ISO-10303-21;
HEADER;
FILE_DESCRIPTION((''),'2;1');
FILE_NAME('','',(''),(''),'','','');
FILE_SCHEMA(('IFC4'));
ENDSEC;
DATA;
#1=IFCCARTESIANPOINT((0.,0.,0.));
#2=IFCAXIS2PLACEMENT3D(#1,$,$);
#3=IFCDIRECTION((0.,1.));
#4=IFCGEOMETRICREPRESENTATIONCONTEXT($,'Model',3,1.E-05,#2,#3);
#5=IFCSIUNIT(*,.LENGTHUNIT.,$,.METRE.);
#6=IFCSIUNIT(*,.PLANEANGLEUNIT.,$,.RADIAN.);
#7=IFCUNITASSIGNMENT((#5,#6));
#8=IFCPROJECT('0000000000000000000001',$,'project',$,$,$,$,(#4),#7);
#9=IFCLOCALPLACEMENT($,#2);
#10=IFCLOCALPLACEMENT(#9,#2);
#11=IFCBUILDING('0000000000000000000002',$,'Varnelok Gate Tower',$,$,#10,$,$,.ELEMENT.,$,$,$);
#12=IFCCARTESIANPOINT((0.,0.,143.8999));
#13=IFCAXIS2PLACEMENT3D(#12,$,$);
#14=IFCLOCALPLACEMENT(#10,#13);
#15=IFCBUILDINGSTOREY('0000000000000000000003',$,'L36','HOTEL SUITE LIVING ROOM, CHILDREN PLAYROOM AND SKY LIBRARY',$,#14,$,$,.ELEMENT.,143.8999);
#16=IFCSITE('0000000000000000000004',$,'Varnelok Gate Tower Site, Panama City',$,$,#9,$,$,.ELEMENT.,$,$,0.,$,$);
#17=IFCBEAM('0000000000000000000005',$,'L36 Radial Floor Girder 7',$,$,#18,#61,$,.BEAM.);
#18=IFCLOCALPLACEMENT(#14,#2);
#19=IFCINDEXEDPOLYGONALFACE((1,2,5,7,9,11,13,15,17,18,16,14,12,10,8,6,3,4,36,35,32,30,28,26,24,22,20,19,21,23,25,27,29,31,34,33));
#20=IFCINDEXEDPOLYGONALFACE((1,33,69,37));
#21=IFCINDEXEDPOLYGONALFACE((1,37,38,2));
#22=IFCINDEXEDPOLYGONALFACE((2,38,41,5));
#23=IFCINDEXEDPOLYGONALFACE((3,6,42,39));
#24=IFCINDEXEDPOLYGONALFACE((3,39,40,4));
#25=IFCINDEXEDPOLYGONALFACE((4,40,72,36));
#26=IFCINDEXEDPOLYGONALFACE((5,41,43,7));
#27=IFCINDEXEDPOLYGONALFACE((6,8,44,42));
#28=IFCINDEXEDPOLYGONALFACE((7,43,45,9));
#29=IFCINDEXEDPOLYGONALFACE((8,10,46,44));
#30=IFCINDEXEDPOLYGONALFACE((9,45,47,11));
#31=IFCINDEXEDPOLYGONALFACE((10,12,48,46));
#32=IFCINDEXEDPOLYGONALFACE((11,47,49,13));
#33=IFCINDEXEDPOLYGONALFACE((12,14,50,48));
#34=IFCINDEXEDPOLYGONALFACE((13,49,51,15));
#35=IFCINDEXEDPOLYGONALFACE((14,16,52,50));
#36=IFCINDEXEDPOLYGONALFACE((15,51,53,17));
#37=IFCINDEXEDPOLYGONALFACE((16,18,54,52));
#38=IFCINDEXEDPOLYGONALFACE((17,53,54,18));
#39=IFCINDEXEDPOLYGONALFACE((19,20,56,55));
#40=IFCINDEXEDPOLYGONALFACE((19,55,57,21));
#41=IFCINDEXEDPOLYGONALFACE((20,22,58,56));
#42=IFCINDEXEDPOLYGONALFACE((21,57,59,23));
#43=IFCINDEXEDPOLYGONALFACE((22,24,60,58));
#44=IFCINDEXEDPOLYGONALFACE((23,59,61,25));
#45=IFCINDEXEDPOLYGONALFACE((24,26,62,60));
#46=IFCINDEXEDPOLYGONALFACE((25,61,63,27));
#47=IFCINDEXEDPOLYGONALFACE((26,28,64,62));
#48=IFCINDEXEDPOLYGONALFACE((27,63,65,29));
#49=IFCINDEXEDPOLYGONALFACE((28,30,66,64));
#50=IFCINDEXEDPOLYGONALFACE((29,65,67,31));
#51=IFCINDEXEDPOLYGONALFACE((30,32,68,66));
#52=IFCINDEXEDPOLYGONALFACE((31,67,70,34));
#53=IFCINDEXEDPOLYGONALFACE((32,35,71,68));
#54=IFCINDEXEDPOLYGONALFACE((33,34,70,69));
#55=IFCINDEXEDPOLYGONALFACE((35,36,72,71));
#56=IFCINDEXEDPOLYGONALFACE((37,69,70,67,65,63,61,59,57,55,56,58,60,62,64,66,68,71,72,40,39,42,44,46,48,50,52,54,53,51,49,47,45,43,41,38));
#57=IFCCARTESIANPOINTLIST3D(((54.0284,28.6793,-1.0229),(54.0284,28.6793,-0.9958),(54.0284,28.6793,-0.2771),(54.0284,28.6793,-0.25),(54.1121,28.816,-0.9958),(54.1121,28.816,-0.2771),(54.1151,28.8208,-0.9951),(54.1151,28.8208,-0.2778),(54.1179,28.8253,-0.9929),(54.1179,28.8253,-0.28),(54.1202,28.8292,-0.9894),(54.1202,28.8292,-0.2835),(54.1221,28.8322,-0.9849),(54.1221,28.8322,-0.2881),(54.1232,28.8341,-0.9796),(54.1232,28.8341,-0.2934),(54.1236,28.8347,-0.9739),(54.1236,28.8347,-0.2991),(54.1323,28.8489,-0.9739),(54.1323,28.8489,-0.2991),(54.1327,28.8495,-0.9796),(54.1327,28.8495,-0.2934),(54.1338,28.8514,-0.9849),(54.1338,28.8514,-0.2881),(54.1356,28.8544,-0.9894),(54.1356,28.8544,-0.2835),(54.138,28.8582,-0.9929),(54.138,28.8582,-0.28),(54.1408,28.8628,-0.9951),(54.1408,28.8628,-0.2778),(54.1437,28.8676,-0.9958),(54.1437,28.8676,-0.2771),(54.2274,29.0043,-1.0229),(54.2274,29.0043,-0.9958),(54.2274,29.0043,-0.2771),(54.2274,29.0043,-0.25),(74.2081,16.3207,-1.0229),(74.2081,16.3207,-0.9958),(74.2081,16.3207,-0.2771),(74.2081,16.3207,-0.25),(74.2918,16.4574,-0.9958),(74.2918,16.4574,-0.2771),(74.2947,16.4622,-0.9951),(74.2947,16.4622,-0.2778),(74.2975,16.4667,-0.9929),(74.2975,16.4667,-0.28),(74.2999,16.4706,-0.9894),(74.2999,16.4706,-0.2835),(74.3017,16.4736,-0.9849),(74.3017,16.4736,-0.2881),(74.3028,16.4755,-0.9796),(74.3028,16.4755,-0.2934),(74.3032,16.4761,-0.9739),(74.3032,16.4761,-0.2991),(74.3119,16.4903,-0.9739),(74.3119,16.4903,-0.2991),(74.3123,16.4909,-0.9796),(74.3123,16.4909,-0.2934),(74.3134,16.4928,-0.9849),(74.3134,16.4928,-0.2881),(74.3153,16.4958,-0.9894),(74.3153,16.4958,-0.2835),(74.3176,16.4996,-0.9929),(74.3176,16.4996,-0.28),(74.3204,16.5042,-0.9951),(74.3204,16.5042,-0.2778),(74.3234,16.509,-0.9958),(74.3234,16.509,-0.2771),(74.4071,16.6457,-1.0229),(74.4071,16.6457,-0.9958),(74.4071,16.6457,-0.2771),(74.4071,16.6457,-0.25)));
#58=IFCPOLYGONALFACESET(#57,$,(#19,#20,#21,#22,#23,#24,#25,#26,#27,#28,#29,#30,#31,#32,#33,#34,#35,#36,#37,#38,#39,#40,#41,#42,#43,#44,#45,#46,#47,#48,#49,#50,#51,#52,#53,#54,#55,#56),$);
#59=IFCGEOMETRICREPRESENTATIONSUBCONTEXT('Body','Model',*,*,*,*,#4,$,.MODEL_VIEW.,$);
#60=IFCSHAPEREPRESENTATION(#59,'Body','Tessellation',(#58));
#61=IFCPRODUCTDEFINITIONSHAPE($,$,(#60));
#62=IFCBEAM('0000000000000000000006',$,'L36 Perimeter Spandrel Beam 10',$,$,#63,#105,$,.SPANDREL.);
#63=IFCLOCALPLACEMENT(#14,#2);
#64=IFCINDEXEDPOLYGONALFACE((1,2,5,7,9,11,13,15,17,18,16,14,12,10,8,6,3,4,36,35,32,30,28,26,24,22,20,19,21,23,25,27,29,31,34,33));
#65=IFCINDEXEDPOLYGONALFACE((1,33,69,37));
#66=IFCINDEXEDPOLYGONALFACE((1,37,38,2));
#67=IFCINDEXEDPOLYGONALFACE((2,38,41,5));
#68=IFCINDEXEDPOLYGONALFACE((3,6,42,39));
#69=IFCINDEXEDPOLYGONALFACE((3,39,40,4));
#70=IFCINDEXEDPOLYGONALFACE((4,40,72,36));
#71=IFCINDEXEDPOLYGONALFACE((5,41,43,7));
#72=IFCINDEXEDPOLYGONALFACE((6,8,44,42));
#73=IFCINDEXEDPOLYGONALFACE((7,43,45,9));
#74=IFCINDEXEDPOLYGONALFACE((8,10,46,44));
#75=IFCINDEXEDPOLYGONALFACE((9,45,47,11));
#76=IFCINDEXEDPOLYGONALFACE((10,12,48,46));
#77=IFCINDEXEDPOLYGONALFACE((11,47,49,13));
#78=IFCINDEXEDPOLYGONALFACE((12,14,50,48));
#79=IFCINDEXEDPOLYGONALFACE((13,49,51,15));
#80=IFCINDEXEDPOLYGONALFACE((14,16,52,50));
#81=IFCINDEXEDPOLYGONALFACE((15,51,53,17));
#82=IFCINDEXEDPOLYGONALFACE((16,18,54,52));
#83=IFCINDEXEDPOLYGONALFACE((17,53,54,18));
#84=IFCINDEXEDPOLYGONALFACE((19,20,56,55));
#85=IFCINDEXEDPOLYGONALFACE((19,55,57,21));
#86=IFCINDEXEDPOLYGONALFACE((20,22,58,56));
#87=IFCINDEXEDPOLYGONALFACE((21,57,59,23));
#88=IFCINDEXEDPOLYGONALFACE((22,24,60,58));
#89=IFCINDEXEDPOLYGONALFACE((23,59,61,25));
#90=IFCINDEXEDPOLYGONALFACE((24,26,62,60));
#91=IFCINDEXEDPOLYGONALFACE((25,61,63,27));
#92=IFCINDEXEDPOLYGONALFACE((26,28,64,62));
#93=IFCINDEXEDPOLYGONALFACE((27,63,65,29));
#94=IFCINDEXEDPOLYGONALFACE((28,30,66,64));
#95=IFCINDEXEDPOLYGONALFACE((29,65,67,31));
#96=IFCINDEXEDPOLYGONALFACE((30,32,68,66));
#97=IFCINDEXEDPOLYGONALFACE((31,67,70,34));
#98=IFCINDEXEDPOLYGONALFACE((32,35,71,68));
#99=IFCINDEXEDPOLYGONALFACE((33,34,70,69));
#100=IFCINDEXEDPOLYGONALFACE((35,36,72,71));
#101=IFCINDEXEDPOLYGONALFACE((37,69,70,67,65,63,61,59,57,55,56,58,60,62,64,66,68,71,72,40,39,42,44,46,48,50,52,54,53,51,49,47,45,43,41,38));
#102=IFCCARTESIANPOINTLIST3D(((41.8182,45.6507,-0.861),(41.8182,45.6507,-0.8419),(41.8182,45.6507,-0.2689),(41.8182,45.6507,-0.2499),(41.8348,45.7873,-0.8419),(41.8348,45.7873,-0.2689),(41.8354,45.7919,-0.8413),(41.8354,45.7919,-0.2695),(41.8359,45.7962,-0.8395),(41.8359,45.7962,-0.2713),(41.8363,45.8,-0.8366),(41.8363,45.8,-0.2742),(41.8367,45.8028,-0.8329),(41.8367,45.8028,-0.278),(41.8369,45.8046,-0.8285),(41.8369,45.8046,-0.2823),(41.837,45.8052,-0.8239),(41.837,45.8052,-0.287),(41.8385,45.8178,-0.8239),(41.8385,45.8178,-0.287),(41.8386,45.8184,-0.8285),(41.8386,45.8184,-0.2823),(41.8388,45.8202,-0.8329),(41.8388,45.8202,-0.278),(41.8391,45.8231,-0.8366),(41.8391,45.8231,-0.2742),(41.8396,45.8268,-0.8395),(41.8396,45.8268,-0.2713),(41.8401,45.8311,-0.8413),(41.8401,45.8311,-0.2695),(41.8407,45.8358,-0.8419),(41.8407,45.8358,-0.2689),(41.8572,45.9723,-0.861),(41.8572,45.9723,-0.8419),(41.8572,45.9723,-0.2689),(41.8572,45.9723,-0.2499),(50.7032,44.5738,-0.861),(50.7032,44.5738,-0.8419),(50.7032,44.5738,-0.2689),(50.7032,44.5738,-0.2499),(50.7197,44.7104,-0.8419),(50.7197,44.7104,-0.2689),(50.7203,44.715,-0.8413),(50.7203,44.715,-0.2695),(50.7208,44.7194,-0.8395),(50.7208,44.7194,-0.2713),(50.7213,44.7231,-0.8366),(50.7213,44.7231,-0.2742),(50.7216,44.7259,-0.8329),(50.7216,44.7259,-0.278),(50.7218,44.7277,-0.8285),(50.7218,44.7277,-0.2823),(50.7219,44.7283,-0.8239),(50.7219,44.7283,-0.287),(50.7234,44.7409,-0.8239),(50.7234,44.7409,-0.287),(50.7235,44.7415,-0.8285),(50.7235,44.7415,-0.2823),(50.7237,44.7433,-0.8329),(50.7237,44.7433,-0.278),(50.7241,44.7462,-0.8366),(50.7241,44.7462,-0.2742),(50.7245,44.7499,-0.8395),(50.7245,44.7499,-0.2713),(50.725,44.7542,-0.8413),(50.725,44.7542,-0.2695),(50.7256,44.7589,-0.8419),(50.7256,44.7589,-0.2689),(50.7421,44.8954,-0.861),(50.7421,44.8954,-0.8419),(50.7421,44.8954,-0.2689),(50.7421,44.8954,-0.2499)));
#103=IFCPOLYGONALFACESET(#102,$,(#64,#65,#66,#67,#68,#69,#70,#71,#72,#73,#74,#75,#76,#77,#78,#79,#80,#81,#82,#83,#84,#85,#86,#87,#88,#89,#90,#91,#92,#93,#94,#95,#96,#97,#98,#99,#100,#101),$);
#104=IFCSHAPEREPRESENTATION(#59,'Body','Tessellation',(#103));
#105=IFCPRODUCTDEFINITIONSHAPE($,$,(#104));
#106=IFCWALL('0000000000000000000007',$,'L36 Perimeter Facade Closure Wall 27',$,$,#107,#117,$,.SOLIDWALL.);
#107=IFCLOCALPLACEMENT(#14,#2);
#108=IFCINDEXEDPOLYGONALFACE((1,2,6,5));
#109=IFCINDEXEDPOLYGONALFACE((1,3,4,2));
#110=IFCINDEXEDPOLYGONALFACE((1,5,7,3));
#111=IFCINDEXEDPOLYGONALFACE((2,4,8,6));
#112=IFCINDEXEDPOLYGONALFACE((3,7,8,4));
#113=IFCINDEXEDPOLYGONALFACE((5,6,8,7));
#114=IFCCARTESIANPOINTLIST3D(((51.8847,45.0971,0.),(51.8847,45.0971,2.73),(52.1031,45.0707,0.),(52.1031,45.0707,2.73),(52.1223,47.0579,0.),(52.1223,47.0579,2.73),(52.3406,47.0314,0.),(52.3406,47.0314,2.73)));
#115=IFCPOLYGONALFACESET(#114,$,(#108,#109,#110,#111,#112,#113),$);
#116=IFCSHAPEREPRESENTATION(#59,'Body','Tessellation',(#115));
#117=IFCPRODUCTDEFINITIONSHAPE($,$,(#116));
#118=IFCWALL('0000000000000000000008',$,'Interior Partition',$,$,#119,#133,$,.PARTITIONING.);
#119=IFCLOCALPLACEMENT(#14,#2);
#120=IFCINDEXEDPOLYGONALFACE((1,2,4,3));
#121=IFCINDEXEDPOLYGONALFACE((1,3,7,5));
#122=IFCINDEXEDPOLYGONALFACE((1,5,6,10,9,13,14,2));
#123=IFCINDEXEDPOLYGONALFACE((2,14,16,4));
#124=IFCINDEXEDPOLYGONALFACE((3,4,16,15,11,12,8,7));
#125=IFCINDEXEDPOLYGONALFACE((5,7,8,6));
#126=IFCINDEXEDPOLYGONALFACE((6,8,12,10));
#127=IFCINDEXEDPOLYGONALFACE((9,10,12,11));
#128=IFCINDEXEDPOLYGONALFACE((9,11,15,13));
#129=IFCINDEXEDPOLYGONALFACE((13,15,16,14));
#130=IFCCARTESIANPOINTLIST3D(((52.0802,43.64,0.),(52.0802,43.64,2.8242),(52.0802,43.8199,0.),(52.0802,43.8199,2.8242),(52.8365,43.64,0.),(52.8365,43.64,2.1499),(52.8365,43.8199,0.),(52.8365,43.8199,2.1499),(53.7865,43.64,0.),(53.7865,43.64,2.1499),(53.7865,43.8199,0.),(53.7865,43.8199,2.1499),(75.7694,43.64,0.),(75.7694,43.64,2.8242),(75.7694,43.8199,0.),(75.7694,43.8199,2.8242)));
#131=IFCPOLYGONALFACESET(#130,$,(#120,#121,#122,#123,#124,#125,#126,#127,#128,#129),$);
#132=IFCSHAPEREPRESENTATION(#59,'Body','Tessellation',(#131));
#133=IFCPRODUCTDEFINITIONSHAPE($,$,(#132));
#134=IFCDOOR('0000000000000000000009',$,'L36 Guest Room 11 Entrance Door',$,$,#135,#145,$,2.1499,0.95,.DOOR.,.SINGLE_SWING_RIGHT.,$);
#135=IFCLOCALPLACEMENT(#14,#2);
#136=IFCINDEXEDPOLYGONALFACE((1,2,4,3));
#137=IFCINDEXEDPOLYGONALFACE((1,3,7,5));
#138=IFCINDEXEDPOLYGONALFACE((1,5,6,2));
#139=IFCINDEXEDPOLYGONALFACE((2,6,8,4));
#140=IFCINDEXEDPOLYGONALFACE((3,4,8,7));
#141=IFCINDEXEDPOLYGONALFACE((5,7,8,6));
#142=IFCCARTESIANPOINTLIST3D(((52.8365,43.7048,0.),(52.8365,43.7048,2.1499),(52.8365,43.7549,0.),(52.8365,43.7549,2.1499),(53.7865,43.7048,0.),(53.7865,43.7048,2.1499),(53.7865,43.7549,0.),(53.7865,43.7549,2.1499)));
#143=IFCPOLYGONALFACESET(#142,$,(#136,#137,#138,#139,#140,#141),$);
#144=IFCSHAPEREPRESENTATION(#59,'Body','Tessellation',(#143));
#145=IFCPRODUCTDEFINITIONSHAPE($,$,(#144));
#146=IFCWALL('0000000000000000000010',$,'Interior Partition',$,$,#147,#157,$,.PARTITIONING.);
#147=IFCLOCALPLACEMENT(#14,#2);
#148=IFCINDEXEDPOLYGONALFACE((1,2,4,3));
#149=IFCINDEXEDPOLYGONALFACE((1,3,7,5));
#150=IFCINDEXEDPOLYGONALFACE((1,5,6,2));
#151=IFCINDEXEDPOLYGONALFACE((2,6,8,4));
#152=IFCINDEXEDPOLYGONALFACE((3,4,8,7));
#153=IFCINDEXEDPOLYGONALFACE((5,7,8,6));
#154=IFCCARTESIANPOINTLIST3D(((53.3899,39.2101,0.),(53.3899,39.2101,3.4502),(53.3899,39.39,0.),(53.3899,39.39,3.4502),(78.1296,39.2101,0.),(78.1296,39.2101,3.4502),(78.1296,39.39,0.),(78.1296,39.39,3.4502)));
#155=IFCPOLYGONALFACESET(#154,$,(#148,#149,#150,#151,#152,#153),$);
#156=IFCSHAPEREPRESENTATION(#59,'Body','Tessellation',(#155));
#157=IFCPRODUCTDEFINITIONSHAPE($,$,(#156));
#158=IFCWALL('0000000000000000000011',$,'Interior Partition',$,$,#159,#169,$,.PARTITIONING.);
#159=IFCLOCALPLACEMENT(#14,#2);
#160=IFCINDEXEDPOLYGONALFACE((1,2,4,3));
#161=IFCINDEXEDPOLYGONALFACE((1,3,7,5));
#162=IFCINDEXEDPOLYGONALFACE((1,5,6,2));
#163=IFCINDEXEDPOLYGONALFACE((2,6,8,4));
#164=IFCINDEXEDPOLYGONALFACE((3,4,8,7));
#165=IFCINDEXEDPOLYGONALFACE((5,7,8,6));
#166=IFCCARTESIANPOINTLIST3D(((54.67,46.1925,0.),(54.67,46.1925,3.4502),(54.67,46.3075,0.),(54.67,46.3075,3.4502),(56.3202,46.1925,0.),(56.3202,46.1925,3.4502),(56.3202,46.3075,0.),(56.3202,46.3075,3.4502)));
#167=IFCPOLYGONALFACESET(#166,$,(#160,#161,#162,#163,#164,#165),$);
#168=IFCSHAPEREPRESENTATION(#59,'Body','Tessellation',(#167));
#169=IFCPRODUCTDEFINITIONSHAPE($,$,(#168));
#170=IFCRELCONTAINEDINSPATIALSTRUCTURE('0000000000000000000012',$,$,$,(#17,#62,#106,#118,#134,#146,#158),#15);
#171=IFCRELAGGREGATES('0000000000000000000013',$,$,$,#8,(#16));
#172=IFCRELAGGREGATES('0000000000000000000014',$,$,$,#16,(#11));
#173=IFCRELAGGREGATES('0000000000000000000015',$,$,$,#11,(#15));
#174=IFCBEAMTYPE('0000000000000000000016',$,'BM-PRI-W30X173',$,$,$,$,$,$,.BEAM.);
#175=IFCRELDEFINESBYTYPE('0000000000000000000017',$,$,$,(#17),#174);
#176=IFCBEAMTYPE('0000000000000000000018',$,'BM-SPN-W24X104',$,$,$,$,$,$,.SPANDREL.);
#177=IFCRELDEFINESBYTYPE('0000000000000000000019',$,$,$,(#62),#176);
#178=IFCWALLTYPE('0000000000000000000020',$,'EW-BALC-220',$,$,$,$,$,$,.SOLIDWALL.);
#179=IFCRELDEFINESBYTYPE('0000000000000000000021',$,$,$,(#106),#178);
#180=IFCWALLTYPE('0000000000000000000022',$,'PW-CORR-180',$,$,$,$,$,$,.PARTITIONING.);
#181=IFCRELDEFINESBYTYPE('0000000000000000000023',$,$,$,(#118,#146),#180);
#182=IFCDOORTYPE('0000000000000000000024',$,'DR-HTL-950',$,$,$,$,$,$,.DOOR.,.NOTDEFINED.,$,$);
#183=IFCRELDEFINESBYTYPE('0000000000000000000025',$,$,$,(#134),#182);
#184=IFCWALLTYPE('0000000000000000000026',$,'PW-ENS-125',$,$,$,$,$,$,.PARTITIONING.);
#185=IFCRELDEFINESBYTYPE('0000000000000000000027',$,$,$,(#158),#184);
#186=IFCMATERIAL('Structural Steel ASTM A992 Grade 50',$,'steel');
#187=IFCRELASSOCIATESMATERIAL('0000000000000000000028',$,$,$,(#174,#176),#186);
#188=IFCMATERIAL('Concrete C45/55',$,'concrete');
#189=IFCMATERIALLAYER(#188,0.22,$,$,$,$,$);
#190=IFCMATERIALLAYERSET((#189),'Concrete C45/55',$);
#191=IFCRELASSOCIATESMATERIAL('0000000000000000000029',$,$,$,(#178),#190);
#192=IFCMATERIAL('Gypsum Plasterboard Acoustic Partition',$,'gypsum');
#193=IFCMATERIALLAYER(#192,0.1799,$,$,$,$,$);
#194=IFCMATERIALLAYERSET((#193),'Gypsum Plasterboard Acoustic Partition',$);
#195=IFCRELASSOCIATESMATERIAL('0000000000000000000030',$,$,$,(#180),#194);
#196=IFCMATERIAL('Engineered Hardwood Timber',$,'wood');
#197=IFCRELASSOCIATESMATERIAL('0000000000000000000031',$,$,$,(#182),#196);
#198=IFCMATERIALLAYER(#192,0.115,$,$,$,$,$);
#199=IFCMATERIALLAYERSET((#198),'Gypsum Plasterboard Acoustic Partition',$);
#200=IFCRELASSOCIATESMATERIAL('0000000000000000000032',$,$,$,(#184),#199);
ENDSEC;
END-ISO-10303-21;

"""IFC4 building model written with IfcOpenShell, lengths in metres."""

from ifc_helpers import new_model, si_unit, direction, frame, frame_2d, origin, origin_2d, place, context, subcontext, project, spatial, rectangle, i_section, extrude, material, layer, layer_set, material_profile, profile_set, type_object, element, fill, save


model = new_model("IFC4")

# Units and contexts
model_context = context("Model", 3, precision=1e-05, world=origin(), true_north=direction((0.0, 1.0)))
body_context = subcontext(model_context, "Body", "Model", "MODEL_VIEW")
ifc_project = project(units=[si_unit("LENGTHUNIT", "METRE"), si_unit("PLANEANGLEUNIT", "RADIAN")], contexts=[model_context])

# Site, building, storey
site_placement = place(None, origin())
site = spatial("IfcSite", under=ifc_project, at=site_placement, Name="Varnelok Gate Tower Site, Panama City", CompositionType="ELEMENT", RefElevation=0.0)
building_placement = place(site_placement, origin())
building = spatial("IfcBuilding", under=site, at=building_placement, Name="Varnelok Gate Tower", CompositionType="ELEMENT")
storey_placement = place(building_placement, frame((0.0, 0.0, 143.8999)))
storey = spatial("IfcBuildingStorey", under=building, at=storey_placement, Name="L36", Description="HOTEL SUITE LIVING ROOM, CHILDREN PLAYROOM AND SKY LIBRARY", CompositionType="ELEMENT", Elevation=143.8999)

# Shared definitions
ifc_material_1 = material(Name="Structural Steel ASTM A992 Grade 50", Category="steel")

# Beams
ifc_material_profile_1 = material_profile(ifc_material_1, i_section(OverallWidth=0.3811, OverallDepth=0.7729, WebThickness=0.0166, FlangeThickness=0.0271, FilletRadius=0.022, at=origin_2d()), Name="W30X173")
ifc_profile_set_1 = profile_set([ifc_material_profile_1], Name="Structural Steel ASTM A992 Grade 50")
beam_type_1 = type_object("IfcBeamType", Name="BM-PRI-W30X173", PredefinedType="BEAM", material=ifc_profile_set_1)
beam_1_placement = place(storey_placement, frame((54.1279, 28.8418, -0.6365), z_axis=(0.852781, -0.522269, 0.0), x_axis=(0.522269, 0.852781, 0.0)))
element("IfcBeam", 1, at=beam_1_placement, inside=storey, type_object=beam_type_1, Name="L36 Radial Floor Girder 7", PredefinedType="BEAM", context=body_context, shape_type="SweptSolid", body=[
    extrude(i_section(OverallWidth=0.3811, OverallDepth=0.7729, WebThickness=0.0166, FlangeThickness=0.0271, FilletRadius=0.022, at=origin_2d()), origin(), (0.0, 0.0, 1.0), 23.6633),
])
ifc_material_profile_2 = material_profile(ifc_material_1, i_section(OverallWidth=0.324, OverallDepth=0.6111, WebThickness=0.0127, FlangeThickness=0.019, FilletRadius=0.0181, at=origin_2d()), Name="W24X104")
ifc_profile_set_2 = profile_set([ifc_material_profile_2], Name="Structural Steel ASTM A992 Grade 50")
beam_type_2 = type_object("IfcBeamType", Name="BM-SPN-W24X104", PredefinedType="SPANDREL", material=ifc_profile_set_2)
beam_2_placement = place(storey_placement, frame((50.7227, 44.7346, -0.5554), z_axis=(-0.992735, 0.120324, 0.0), x_axis=(-0.120324, -0.992735, 0.0)))
element("IfcBeam", 2, at=beam_2_placement, inside=storey, type_object=beam_type_2, Name="L36 Perimeter Spandrel Beam 10", PredefinedType="SPANDREL", context=body_context, shape_type="SweptSolid", body=[
    extrude(i_section(OverallWidth=0.324, OverallDepth=0.6111, WebThickness=0.0127, FlangeThickness=0.019, FilletRadius=0.0181, at=origin_2d()), origin(), (0.0, 0.0, 1.0), 8.95),
])

# Wall
ifc_material_2 = material(Name="Concrete C45/55", Category="concrete")
ifc_layer_1 = layer(ifc_material_2, 0.22)
ifc_layer_set_1 = layer_set([ifc_layer_1], Name="Concrete C45/55")
wall_type_1 = type_object("IfcWallType", Name="EW-BALC-220", PredefinedType="SOLIDWALL", material=ifc_layer_set_1)
wall_1_placement = place(storey_placement, frame((52.2314, 47.0447, 0.0), z_axis=(0.0, 0.0, 1.0), x_axis=(-0.120276, -0.99274, 0.0)))
element("IfcWall", 3, at=wall_1_placement, inside=storey, type_object=wall_type_1, Name="L36 Perimeter Facade Closure Wall 27", PredefinedType="SOLIDWALL", context=body_context, shape_type="SweptSolid", body=[
    extrude(rectangle(XDim=1.9751, YDim=0.22, at=frame_2d((0.9875, 0.0))), origin(), (0.0, 0.0, 1.0), 2.73),
])

# Wall, opening, door
ifc_material_3 = material(Name="Gypsum Plasterboard Acoustic Partition", Category="gypsum")
ifc_layer_2 = layer(ifc_material_3, 0.1799)
ifc_layer_set_2 = layer_set([ifc_layer_2], Name="Gypsum Plasterboard Acoustic Partition")
wall_type_2 = type_object("IfcWallType", Name="PW-CORR-180", PredefinedType="PARTITIONING", material=ifc_layer_set_2)
wall_2_placement = place(storey_placement, frame((52.0801, 43.73, 0.0), z_axis=(0.0, 0.0, 1.0), x_axis=(1.0, 0.0, 0.0)))
wall_2 = element("IfcWall", 4, at=wall_2_placement, inside=storey, type_object=wall_type_2, Name="Interior Partition", PredefinedType="PARTITIONING", context=body_context, shape_type="SweptSolid", body=[
    extrude(rectangle(XDim=23.6892, YDim=0.1799, at=frame_2d((11.8447, 0.0))), origin(), (0.0, 0.0, 1.0), 2.8242),
])
opening_1_placement = place(wall_2_placement, frame((0.7563, 0.0, 0.0)))
opening_1 = element("IfcOpeningElement", 5, at=opening_1_placement, cuts=wall_2, PredefinedType="OPENING", context=body_context, shape_type="SweptSolid", body=[
    extrude(rectangle(XDim=0.95, YDim=2.1499, at=frame_2d((0.4751, 1.075))), frame((0.0, 0.0999, 0.0), z_axis=(0.0, -1.0, 0.0), x_axis=(1.0, 0.0, 0.0)), (0.0, 0.0, 1.0), 0.2),
])
ifc_material_4 = material(Name="Engineered Hardwood Timber", Category="wood")
door_type_1 = type_object("IfcDoorType", Name="DR-HTL-950", OperationType="NOTDEFINED", PredefinedType="DOOR", material=ifc_material_4)
door_1_placement = place(opening_1_placement, origin())
door_1 = element("IfcDoor", 6, at=door_1_placement, inside=storey, type_object=door_type_1, Name="L36 Guest Room 11 Entrance Door", OperationType="SINGLE_SWING_RIGHT", OverallHeight=2.1499, OverallWidth=0.95, PredefinedType="DOOR", context=body_context, shape_type="SweptSolid", body=[
    extrude(rectangle(XDim=0.95, YDim=2.1499, at=frame_2d((0.4751, 1.075))), frame((0.0, 0.0249, 0.0), z_axis=(0.0, -1.0, 0.0), x_axis=(1.0, 0.0, 0.0)), (0.0, 0.0, 1.0), 0.05),
])
fill(opening_1, door_1)

# Walls
wall_3_placement = place(storey_placement, frame((53.3899, 39.3, 0.0), z_axis=(0.0, 0.0, 1.0), x_axis=(1.0, 0.0, 0.0)))
element("IfcWall", 7, at=wall_3_placement, inside=storey, type_object=wall_type_2, Name="Interior Partition", PredefinedType="PARTITIONING", context=body_context, shape_type="SweptSolid", body=[
    extrude(rectangle(XDim=24.7397, YDim=0.1799, at=frame_2d((12.3699, 0.0))), origin(), (0.0, 0.0, 1.0), 3.4502),
])
ifc_layer_3 = layer(ifc_material_3, 0.115)
ifc_layer_set_3 = layer_set([ifc_layer_3], Name="Gypsum Plasterboard Acoustic Partition")
wall_type_3 = type_object("IfcWallType", Name="PW-ENS-125", PredefinedType="PARTITIONING", material=ifc_layer_set_3)
wall_4_placement = place(storey_placement, frame((54.6699, 46.25, 0.0), z_axis=(0.0, 0.0, 1.0), x_axis=(1.0, 0.0, 0.0)))
element("IfcWall", 8, at=wall_4_placement, inside=storey, type_object=wall_type_3, Name="Interior Partition", PredefinedType="PARTITIONING", context=body_context, shape_type="SweptSolid", body=[
    extrude(rectangle(XDim=1.6501, YDim=0.115, at=frame_2d((0.8252, 0.0))), origin(), (0.0, 0.0, 1.0), 3.4502),
])

save(model, "model.ifc")
